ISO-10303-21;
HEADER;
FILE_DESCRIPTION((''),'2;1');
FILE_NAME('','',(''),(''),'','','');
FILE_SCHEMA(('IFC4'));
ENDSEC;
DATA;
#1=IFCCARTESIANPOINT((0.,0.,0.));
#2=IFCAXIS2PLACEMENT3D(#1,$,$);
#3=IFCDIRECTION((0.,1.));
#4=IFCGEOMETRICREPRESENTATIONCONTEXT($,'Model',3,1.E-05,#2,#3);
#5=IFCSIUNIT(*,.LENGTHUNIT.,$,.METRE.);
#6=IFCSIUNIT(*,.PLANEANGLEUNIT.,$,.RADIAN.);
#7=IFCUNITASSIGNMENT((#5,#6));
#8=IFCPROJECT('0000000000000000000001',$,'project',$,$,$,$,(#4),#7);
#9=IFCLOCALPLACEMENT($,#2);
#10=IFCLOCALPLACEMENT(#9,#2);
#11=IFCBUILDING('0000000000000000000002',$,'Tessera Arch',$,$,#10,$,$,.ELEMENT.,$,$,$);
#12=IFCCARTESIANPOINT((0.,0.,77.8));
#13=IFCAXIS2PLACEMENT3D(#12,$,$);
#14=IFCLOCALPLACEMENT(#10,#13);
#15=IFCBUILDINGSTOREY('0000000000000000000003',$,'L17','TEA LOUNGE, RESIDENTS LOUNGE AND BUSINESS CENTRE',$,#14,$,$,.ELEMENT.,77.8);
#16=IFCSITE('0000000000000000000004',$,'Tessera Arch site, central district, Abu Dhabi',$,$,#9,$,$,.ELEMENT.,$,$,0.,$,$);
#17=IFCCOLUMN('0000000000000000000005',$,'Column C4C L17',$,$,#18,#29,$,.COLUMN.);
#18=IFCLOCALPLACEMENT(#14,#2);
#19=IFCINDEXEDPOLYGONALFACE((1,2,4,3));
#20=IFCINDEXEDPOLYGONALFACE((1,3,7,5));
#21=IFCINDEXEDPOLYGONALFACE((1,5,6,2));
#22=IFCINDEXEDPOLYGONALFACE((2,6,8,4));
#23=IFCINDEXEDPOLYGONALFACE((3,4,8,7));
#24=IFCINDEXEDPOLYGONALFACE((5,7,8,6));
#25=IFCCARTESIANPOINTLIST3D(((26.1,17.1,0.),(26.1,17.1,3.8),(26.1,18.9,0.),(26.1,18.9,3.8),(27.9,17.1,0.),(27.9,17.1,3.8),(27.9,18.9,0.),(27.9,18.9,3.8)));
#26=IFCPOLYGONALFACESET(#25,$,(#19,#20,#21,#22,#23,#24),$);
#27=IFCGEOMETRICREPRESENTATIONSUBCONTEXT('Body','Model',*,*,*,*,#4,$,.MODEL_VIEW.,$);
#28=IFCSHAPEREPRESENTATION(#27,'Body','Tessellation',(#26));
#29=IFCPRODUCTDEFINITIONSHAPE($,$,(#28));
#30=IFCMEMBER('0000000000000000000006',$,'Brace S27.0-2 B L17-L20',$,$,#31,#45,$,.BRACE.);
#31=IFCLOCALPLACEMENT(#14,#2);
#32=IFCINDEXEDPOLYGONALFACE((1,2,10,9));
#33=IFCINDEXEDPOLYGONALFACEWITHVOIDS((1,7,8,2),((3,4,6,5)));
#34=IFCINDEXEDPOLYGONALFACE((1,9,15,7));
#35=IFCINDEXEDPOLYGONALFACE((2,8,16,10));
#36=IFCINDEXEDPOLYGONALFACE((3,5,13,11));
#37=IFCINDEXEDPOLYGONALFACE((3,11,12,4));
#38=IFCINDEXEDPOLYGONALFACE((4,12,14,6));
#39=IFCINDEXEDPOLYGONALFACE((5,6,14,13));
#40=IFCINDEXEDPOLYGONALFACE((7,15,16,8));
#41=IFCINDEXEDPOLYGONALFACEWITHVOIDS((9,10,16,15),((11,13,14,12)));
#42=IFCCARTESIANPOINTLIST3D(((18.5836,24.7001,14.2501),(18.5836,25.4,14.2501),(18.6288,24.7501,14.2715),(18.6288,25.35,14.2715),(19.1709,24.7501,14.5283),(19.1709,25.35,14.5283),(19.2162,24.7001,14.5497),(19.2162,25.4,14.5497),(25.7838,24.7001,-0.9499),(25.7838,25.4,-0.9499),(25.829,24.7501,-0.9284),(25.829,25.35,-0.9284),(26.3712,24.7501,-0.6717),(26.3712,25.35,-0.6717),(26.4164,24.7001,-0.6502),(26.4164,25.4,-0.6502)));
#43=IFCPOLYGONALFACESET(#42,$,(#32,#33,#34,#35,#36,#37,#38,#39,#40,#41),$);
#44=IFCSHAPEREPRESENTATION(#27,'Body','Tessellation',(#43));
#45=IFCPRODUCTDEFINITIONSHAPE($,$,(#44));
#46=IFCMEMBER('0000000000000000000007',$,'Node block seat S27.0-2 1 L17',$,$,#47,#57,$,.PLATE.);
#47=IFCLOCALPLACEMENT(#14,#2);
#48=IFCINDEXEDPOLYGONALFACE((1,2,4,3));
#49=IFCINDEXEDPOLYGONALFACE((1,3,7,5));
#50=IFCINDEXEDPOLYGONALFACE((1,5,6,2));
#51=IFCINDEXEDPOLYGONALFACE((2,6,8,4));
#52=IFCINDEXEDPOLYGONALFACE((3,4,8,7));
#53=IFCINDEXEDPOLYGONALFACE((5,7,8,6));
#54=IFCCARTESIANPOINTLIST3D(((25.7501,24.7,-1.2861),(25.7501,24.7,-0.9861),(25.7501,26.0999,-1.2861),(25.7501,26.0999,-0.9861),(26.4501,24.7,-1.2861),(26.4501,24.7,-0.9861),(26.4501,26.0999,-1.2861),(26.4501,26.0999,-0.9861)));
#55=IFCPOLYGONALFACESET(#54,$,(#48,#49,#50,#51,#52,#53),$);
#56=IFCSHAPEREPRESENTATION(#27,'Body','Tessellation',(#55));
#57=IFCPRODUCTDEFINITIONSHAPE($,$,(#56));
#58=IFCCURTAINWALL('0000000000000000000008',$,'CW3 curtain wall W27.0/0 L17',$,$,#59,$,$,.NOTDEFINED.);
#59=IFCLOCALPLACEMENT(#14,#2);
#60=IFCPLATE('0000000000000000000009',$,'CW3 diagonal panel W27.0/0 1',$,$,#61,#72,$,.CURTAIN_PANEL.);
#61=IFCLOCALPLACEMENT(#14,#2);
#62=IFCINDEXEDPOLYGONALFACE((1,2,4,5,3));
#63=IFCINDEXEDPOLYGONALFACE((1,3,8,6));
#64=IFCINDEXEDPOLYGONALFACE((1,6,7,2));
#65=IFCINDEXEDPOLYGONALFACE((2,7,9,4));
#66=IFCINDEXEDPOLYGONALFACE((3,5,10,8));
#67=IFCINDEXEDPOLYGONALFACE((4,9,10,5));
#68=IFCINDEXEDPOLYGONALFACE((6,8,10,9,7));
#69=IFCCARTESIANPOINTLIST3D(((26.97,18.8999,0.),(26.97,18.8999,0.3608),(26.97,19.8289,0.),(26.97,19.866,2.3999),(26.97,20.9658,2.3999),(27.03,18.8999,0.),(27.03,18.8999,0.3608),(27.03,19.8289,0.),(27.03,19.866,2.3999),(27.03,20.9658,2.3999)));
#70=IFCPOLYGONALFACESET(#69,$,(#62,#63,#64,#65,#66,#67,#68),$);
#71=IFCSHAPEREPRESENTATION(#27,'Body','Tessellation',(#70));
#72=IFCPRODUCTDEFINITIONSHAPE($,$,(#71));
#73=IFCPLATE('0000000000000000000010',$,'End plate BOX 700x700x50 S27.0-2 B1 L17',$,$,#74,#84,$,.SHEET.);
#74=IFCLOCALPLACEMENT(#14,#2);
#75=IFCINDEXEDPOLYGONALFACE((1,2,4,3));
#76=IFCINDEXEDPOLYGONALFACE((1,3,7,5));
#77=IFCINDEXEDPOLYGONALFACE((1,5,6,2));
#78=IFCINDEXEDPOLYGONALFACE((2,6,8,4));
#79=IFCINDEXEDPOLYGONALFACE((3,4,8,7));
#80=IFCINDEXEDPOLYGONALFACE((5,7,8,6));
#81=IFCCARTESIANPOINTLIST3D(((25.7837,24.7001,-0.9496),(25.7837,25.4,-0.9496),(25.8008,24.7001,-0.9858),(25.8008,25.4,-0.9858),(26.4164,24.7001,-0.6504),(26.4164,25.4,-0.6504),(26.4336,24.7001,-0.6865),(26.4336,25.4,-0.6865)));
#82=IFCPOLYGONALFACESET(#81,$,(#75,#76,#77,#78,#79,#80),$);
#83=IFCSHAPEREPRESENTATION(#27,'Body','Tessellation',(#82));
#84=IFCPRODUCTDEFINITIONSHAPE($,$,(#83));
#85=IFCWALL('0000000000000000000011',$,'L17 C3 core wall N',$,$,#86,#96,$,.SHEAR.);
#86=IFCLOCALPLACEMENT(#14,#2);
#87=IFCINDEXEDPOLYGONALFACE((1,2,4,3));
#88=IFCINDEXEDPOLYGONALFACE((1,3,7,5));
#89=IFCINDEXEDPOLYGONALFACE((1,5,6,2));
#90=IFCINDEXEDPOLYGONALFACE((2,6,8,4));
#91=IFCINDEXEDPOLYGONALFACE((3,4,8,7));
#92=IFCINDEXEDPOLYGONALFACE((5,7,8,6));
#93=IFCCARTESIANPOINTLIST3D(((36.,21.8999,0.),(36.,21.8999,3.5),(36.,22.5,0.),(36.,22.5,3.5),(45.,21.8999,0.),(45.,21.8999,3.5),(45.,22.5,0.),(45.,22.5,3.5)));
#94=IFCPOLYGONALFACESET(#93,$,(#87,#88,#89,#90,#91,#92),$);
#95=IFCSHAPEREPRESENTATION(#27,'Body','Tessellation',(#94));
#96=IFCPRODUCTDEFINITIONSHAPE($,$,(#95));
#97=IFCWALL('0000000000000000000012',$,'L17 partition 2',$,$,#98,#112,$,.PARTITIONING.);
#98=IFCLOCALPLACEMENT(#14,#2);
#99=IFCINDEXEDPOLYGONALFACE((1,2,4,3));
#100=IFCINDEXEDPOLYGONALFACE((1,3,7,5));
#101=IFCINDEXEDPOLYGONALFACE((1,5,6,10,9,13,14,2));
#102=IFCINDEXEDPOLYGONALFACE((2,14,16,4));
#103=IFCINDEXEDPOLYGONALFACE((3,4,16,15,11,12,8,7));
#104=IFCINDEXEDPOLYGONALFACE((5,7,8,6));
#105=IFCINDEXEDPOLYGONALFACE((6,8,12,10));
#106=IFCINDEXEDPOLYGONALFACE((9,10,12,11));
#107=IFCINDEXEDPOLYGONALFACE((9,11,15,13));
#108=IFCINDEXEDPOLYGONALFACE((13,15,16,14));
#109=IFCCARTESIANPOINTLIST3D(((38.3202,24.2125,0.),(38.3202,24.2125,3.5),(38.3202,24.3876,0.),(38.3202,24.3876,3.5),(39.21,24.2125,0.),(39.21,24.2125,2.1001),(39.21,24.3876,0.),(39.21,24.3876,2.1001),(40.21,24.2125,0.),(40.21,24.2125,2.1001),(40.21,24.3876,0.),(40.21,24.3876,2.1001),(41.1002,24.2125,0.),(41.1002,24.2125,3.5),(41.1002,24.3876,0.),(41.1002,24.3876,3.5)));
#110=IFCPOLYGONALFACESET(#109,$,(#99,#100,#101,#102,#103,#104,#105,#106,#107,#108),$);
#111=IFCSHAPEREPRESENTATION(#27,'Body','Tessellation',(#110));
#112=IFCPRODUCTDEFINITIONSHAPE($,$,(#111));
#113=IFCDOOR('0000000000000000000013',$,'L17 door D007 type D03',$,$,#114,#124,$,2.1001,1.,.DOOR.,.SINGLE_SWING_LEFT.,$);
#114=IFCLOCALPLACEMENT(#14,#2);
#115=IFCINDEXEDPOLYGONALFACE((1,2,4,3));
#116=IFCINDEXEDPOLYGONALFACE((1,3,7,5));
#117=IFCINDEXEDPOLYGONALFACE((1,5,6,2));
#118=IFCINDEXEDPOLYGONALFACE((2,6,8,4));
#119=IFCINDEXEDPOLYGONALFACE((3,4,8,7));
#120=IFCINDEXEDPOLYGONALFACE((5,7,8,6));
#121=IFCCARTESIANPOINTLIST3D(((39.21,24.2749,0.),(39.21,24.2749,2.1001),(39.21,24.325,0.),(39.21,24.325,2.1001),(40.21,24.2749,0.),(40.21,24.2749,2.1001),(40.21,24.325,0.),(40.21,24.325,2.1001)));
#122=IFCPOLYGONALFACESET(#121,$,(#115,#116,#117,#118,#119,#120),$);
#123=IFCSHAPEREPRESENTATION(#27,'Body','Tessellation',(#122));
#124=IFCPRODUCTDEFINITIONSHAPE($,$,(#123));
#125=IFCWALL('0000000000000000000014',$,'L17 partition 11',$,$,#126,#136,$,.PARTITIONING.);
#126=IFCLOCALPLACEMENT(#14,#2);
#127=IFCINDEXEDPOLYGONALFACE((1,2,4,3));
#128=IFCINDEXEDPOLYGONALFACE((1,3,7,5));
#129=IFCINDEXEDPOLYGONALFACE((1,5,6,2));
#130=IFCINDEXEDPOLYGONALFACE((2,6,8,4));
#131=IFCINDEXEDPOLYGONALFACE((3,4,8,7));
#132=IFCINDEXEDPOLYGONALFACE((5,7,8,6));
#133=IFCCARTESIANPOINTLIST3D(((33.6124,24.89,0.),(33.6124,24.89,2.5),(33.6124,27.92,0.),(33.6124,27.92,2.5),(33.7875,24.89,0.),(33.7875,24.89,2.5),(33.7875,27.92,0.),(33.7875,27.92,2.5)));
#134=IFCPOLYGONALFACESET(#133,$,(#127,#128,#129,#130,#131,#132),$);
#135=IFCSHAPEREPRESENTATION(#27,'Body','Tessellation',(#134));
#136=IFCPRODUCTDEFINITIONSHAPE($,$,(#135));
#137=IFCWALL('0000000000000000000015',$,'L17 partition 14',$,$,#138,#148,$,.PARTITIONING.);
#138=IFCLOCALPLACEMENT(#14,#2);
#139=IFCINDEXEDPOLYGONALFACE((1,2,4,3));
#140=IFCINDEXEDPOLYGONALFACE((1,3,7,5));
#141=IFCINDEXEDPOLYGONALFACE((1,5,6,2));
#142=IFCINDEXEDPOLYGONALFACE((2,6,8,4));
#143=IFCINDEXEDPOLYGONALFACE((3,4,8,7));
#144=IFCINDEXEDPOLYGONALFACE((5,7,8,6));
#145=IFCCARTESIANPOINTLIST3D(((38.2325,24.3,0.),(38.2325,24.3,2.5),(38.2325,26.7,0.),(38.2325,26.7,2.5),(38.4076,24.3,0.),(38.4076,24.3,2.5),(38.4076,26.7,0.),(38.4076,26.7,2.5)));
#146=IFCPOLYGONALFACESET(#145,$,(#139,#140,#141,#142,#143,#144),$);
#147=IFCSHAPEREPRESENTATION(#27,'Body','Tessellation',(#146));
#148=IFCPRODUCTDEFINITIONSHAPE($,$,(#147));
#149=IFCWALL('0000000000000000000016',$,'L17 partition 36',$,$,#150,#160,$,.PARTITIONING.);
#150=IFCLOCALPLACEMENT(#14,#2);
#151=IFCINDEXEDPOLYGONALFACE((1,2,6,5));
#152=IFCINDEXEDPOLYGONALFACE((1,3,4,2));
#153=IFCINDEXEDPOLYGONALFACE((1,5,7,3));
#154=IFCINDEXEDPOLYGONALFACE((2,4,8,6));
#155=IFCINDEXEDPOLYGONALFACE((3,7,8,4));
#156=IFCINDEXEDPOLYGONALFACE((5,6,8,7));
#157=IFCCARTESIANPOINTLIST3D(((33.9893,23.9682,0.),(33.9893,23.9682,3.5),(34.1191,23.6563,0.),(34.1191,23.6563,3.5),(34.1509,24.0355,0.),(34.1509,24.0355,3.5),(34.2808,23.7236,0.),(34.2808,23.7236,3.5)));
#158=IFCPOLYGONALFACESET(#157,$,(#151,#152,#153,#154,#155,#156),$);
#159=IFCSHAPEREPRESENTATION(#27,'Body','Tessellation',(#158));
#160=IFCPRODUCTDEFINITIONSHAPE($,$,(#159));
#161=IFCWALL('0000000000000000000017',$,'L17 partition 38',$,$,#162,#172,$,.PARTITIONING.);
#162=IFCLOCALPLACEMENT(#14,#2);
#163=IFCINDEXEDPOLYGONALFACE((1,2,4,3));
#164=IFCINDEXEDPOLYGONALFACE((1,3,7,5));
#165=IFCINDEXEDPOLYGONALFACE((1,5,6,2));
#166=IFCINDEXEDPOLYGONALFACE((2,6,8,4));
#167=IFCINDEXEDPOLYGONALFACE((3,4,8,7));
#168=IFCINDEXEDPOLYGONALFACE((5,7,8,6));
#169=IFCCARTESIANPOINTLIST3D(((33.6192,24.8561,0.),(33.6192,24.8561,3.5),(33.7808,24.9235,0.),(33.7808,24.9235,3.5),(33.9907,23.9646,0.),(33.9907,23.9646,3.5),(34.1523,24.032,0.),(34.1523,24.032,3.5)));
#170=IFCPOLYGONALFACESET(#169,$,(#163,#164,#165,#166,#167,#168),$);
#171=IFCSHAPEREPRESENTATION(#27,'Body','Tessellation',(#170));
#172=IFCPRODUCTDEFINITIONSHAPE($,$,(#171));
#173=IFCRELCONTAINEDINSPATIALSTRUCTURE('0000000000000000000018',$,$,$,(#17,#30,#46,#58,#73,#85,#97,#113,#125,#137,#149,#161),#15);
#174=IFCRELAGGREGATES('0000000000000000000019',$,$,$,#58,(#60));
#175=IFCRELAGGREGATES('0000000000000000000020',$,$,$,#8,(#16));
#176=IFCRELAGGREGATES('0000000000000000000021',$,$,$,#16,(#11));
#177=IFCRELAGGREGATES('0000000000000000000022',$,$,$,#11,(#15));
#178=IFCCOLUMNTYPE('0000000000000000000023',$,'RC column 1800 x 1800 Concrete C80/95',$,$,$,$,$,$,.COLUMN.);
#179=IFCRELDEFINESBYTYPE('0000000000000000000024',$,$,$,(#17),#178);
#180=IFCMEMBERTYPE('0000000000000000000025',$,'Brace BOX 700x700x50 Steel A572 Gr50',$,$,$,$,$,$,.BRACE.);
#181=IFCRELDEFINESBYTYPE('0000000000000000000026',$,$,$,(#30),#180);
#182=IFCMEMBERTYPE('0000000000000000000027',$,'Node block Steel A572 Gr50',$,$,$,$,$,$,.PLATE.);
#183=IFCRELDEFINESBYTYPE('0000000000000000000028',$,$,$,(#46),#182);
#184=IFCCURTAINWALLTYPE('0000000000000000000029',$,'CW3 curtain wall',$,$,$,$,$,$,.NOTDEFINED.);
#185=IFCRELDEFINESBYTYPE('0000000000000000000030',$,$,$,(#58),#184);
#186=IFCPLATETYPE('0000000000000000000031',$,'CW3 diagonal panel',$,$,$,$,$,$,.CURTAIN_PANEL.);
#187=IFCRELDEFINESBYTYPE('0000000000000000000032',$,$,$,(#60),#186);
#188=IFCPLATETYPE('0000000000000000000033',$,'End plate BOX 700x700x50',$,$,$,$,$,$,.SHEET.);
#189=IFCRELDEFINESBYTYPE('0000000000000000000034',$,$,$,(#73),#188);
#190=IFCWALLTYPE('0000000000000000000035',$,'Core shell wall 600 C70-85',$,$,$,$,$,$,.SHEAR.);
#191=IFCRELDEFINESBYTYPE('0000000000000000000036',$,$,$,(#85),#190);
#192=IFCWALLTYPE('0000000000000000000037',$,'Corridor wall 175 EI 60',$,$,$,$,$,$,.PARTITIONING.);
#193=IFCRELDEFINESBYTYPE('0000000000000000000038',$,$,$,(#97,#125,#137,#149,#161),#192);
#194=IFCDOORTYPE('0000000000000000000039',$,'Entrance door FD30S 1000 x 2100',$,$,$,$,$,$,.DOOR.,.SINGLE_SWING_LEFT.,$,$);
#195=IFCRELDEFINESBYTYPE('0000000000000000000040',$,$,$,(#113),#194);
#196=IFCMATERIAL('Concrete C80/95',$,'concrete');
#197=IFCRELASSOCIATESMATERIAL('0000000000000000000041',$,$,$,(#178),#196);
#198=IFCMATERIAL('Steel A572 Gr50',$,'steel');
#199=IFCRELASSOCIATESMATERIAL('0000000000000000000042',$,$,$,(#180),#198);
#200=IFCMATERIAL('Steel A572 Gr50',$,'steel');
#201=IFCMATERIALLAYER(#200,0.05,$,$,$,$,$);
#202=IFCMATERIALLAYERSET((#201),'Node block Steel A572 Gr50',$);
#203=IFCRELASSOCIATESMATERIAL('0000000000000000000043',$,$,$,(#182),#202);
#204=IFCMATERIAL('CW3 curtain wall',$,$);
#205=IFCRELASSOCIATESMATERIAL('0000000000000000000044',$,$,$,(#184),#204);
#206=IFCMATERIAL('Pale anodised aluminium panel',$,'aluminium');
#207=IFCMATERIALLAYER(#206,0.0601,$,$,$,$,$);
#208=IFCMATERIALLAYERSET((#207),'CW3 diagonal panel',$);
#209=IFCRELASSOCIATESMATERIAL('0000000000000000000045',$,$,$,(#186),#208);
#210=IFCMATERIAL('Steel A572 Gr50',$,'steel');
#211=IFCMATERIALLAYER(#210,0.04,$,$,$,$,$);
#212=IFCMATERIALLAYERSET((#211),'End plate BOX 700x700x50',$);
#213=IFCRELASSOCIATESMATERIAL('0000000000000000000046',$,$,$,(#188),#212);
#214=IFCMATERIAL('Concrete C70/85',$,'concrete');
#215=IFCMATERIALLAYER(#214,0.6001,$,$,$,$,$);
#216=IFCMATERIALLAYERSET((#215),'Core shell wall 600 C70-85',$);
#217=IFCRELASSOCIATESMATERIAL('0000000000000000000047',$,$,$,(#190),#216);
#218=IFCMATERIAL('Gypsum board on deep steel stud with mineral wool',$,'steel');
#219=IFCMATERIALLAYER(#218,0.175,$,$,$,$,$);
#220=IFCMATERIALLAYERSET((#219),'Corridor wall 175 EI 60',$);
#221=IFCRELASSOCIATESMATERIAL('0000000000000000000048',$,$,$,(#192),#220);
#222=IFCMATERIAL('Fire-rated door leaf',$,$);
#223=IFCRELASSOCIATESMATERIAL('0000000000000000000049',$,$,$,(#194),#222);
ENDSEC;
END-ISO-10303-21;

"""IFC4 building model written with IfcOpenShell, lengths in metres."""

from ifc_helpers import new_model, si_unit, direction, frame, frame_2d, origin, origin_2d, place, context, subcontext, project, spatial, polyline, rectangle, hollow_rectangle, outline, extrude, material, layer, layer_set, material_profile, profile_set, type_object, element, fill, aggregate, save


model = new_model("IFC4")

# Units and contexts
model_context = context("Model", 3, precision=1e-05, world=origin(), true_north=direction((0.0, 1.0)))
body_context = subcontext(model_context, "Body", "Model", "MODEL_VIEW")
ifc_project = project(units=[si_unit("LENGTHUNIT", "METRE"), si_unit("PLANEANGLEUNIT", "RADIAN")], contexts=[model_context])

# Site, building, storey
site_placement = place(None, origin())
site = spatial("IfcSite", under=ifc_project, at=site_placement, Name="Tessera Arch site, central district, Abu Dhabi", CompositionType="ELEMENT", RefElevation=0.0)
building_placement = place(site_placement, origin())
building = spatial("IfcBuilding", under=site, at=building_placement, Name="Tessera Arch", CompositionType="ELEMENT")
storey_placement = place(building_placement, frame((0.0, 0.0, 77.8)))
storey = spatial("IfcBuildingStorey", under=building, at=storey_placement, Name="L17", Description="TEA LOUNGE, RESIDENTS LOUNGE AND BUSINESS CENTRE", CompositionType="ELEMENT", Elevation=77.8)

# Column
ifc_material_1 = material(Name="Concrete C80/95", Category="concrete")
ifc_material_profile_1 = material_profile(ifc_material_1, rectangle(XDim=1.8, YDim=1.8, at=origin_2d()), Name="RC column 1800 x 1800 Concrete C80/95")
ifc_profile_set_1 = profile_set([ifc_material_profile_1], Name="Concrete C80/95")
column_type = type_object("IfcColumnType", Name="RC column 1800 x 1800 Concrete C80/95", PredefinedType="COLUMN", material=ifc_profile_set_1)
column_placement = place(storey_placement, frame((27.0, 18.0, 0.0), z_axis=(0.0, 0.0, 1.0), x_axis=(1.0, 0.0, 0.0)))
element("IfcColumn", 1, at=column_placement, inside=storey, type_object=column_type, Name="Column C4C L17", PredefinedType="COLUMN", context=body_context, shape_type="SweptSolid", body=[
    extrude(rectangle(XDim=1.8, YDim=1.8, at=origin_2d()), origin(), (0.0, 0.0, 1.0), 3.8),
])

# Members
ifc_material_2 = material(Name="Steel A572 Gr50", Category="steel")
ifc_material_profile_2 = material_profile(ifc_material_2, hollow_rectangle(XDim=0.7, YDim=0.7, WallThickness=0.05, at=origin_2d()), Name="BOX 700x700x50")
ifc_profile_set_2 = profile_set([ifc_material_profile_2], Name="Steel A572 Gr50")
member_type_1 = type_object("IfcMemberType", Name="Brace BOX 700x700x50 Steel A572 Gr50", PredefinedType="BRACE", material=ifc_profile_set_2)
member_1_placement = place(storey_placement, frame((26.1001, 25.05, -0.8), z_axis=(-0.428097, 0.0, 0.903733), x_axis=(0.0, -1.0, 0.0)))
element("IfcMember", 2, at=member_1_placement, inside=storey, type_object=member_type_1, Name="Brace S27.0-2 B L17-L20", PredefinedType="BRACE", context=body_context, shape_type="SweptSolid", body=[
    extrude(hollow_rectangle(XDim=0.7, YDim=0.7, WallThickness=0.05, at=origin_2d()), origin(), (0.0, 0.0, 1.0), 16.8191),
])
ifc_material_3 = material(Name="Steel A572 Gr50", Category="steel")
ifc_layer_1 = layer(ifc_material_3, 0.05)
ifc_layer_set_1 = layer_set([ifc_layer_1], Name="Node block Steel A572 Gr50")
member_type_2 = type_object("IfcMemberType", Name="Node block Steel A572 Gr50", PredefinedType="PLATE", material=ifc_layer_set_1)
member_2_placement = place(storey_placement, frame((26.1001, 25.3999, -1.2861), z_axis=(0.0, 0.0, 1.0), x_axis=(1.0, 0.0, 0.0)))
element("IfcMember", 3, at=member_2_placement, inside=storey, type_object=member_type_2, Name="Node block seat S27.0-2 1 L17", PredefinedType="PLATE", context=body_context, shape_type="SweptSolid", body=[
    extrude(rectangle(XDim=0.7, YDim=1.3999, at=origin_2d()), origin(), (0.0, 0.0, 1.0), 0.3),
])

# Curtain wall, plate
ifc_material_4 = material(Name="CW3 curtain wall")
curtain_wall_type = type_object("IfcCurtainWallType", Name="CW3 curtain wall", PredefinedType="NOTDEFINED", material=ifc_material_4)
curtain_wall_placement = place(storey_placement, origin())
curtain_wall = element("IfcCurtainWall", 4, at=curtain_wall_placement, inside=storey, type_object=curtain_wall_type, Name="CW3 curtain wall W27.0/0 L17", PredefinedType="NOTDEFINED")
ifc_material_5 = material(Name="Pale anodised aluminium panel", Category="aluminium")
ifc_layer_2 = layer(ifc_material_5, 0.0601)
ifc_layer_set_2 = layer_set([ifc_layer_2], Name="CW3 diagonal panel")
plate_type_1 = type_object("IfcPlateType", Name="CW3 diagonal panel", PredefinedType="CURTAIN_PANEL", material=ifc_layer_set_2)
plate_1_placement = place(storey_placement, frame((26.97, 18.8999, 0.0), z_axis=(-1.0, 0.0, 0.0), x_axis=(0.0, 0.0, 1.0)))
plate_1 = element("IfcPlate", 5, at=plate_1_placement, type_object=plate_type_1, Name="CW3 diagonal panel W27.0/0 1", PredefinedType="CURTAIN_PANEL", context=body_context, shape_type="SweptSolid", body=[
    extrude(outline(polyline([(0.0, 0.0), (0.3608, 0.0), (2.3999, 0.9661), (2.3999, 2.0659), (0.0, 0.929), (0.0, 0.0)])), origin(), (0.0, 0.0, -1.0), 0.0601),
])
aggregate(curtain_wall, [plate_1])

# Plate
ifc_material_6 = material(Name="Steel A572 Gr50", Category="steel")
ifc_layer_3 = layer(ifc_material_6, 0.04)
ifc_layer_set_3 = layer_set([ifc_layer_3], Name="End plate BOX 700x700x50")
plate_type_2 = type_object("IfcPlateType", Name="End plate BOX 700x700x50", PredefinedType="SHEET", material=ifc_layer_set_3)
plate_2_placement = place(storey_placement, frame((26.1172, 25.05, -0.8362), z_axis=(-0.427561, 0.0, 0.903986), x_axis=(0.0, -1.0, 0.0)))
element("IfcPlate", 6, at=plate_2_placement, inside=storey, type_object=plate_type_2, Name="End plate BOX 700x700x50 S27.0-2 B1 L17", PredefinedType="SHEET", context=body_context, shape_type="SweptSolid", body=[
    extrude(rectangle(XDim=0.7, YDim=0.7, at=origin_2d()), origin(), (0.0, 0.0, 1.0), 0.04),
])

# Wall
ifc_material_7 = material(Name="Concrete C70/85", Category="concrete")
ifc_layer_4 = layer(ifc_material_7, 0.6001)
ifc_layer_set_4 = layer_set([ifc_layer_4], Name="Core shell wall 600 C70-85")
wall_type_1 = type_object("IfcWallType", Name="Core shell wall 600 C70-85", PredefinedType="SHEAR", material=ifc_layer_set_4)
wall_1_placement = place(storey_placement, frame((36.0, 22.2, 0.0), z_axis=(0.0, 0.0, 1.0), x_axis=(1.0, 0.0, 0.0)))
element("IfcWall", 7, at=wall_1_placement, inside=storey, type_object=wall_type_1, Name="L17 C3 core wall N", PredefinedType="SHEAR", context=body_context, shape_type="SweptSolid", body=[
    extrude(rectangle(XDim=9.0, YDim=0.6001, at=frame_2d((4.5, 0.0))), origin(), (0.0, 0.0, 1.0), 3.5),
])

# Wall, opening, door
ifc_material_8 = material(Name="Gypsum board on deep steel stud with mineral wool", Category="steel")
ifc_layer_5 = layer(ifc_material_8, 0.175)
ifc_layer_set_5 = layer_set([ifc_layer_5], Name="Corridor wall 175 EI 60")
wall_type_2 = type_object("IfcWallType", Name="Corridor wall 175 EI 60", PredefinedType="PARTITIONING", material=ifc_layer_set_5)
wall_2_placement = place(storey_placement, frame((38.3201, 24.3, 0.0), z_axis=(0.0, 0.0, 1.0), x_axis=(1.0, 0.0, 0.0)))
wall_2 = element("IfcWall", 8, at=wall_2_placement, inside=storey, type_object=wall_type_2, Name="L17 partition 2", PredefinedType="PARTITIONING", context=body_context, shape_type="SweptSolid", body=[
    extrude(rectangle(XDim=2.78, YDim=0.175, at=frame_2d((1.3901, 0.0))), origin(), (0.0, 0.0, 1.0), 3.5),
])
opening_1_placement = place(wall_2_placement, frame((0.8899, 0.0, 0.0)))
opening_1 = element("IfcOpeningElement", 9, at=opening_1_placement, cuts=wall_2, PredefinedType="OPENING", context=body_context, shape_type="SweptSolid", body=[
    extrude(rectangle(XDim=1.0, YDim=2.1001, at=frame_2d((0.5, 1.05))), frame((0.0, 0.0974, 0.0), z_axis=(0.0, -1.0, 0.0), x_axis=(1.0, 0.0, 0.0)), (0.0, 0.0, 1.0), 0.1951),
])
ifc_material_9 = material(Name="Fire-rated door leaf")
door_type_1 = type_object("IfcDoorType", Name="Entrance door FD30S 1000 x 2100", OperationType="SINGLE_SWING_LEFT", PredefinedType="DOOR", material=ifc_material_9)
door_1_placement = place(opening_1_placement, origin())
door_1 = element("IfcDoor", 10, at=door_1_placement, inside=storey, type_object=door_type_1, Name="L17 door D007 type D03", OperationType="SINGLE_SWING_LEFT", OverallHeight=2.1001, OverallWidth=1.0, PredefinedType="DOOR", context=body_context, shape_type="SweptSolid", body=[
    extrude(rectangle(XDim=1.0, YDim=2.1001, at=frame_2d((0.5, 1.05))), frame((0.0, 0.0249, 0.0), z_axis=(0.0, -1.0, 0.0), x_axis=(1.0, 0.0, 0.0)), (0.0, 0.0, 1.0), 0.05),
])
fill(opening_1, door_1)

# Walls
wall_3_placement = place(storey_placement, frame((33.7, 24.8899, 0.0), z_axis=(0.0, 0.0, 1.0), x_axis=(0.0, 1.0, 0.0)))
element("IfcWall", 11, at=wall_3_placement, inside=storey, type_object=wall_type_2, Name="L17 partition 11", PredefinedType="PARTITIONING", context=body_context, shape_type="SweptSolid", body=[
    extrude(rectangle(XDim=3.03, YDim=0.175, at=frame_2d((1.5151, 0.0))), origin(), (0.0, 0.0, 1.0), 2.5),
])
wall_4_placement = place(storey_placement, frame((38.3201, 24.3, 0.0), z_axis=(0.0, 0.0, 1.0), x_axis=(0.0, 1.0, 0.0)))
element("IfcWall", 12, at=wall_4_placement, inside=storey, type_object=wall_type_2, Name="L17 partition 14", PredefinedType="PARTITIONING", context=body_context, shape_type="SweptSolid", body=[
    extrude(rectangle(XDim=2.3999, YDim=0.175, at=frame_2d((1.2, 0.0))), origin(), (0.0, 0.0, 1.0), 2.5),
])
wall_5_placement = place(storey_placement, frame((34.2, 23.6899, 0.0), z_axis=(0.0, 0.0, 1.0), x_axis=(-0.384308, 0.923205, 0.0)))
element("IfcWall", 13, at=wall_5_placement, inside=storey, type_object=wall_type_2, Name="L17 partition 36", PredefinedType="PARTITIONING", context=body_context, shape_type="SweptSolid", body=[
    extrude(rectangle(XDim=0.3379, YDim=0.175, at=frame_2d((0.1689, 0.0))), origin(), (0.0, 0.0, 1.0), 3.5),
])
wall_6_placement = place(storey_placement, frame((34.0715, 23.9983, 0.0), z_axis=(0.0, 0.0, 1.0), x_axis=(-0.384687, 0.923047, 0.0)))
element("IfcWall", 14, at=wall_6_placement, inside=storey, type_object=wall_type_2, Name="L17 partition 38", PredefinedType="PARTITIONING", context=body_context, shape_type="SweptSolid", body=[
    extrude(rectangle(XDim=0.9658, YDim=0.175, at=frame_2d((0.4829, 0.0))), origin(), (0.0, 0.0, 1.0), 3.5),
])

save(model, "model.ifc")
